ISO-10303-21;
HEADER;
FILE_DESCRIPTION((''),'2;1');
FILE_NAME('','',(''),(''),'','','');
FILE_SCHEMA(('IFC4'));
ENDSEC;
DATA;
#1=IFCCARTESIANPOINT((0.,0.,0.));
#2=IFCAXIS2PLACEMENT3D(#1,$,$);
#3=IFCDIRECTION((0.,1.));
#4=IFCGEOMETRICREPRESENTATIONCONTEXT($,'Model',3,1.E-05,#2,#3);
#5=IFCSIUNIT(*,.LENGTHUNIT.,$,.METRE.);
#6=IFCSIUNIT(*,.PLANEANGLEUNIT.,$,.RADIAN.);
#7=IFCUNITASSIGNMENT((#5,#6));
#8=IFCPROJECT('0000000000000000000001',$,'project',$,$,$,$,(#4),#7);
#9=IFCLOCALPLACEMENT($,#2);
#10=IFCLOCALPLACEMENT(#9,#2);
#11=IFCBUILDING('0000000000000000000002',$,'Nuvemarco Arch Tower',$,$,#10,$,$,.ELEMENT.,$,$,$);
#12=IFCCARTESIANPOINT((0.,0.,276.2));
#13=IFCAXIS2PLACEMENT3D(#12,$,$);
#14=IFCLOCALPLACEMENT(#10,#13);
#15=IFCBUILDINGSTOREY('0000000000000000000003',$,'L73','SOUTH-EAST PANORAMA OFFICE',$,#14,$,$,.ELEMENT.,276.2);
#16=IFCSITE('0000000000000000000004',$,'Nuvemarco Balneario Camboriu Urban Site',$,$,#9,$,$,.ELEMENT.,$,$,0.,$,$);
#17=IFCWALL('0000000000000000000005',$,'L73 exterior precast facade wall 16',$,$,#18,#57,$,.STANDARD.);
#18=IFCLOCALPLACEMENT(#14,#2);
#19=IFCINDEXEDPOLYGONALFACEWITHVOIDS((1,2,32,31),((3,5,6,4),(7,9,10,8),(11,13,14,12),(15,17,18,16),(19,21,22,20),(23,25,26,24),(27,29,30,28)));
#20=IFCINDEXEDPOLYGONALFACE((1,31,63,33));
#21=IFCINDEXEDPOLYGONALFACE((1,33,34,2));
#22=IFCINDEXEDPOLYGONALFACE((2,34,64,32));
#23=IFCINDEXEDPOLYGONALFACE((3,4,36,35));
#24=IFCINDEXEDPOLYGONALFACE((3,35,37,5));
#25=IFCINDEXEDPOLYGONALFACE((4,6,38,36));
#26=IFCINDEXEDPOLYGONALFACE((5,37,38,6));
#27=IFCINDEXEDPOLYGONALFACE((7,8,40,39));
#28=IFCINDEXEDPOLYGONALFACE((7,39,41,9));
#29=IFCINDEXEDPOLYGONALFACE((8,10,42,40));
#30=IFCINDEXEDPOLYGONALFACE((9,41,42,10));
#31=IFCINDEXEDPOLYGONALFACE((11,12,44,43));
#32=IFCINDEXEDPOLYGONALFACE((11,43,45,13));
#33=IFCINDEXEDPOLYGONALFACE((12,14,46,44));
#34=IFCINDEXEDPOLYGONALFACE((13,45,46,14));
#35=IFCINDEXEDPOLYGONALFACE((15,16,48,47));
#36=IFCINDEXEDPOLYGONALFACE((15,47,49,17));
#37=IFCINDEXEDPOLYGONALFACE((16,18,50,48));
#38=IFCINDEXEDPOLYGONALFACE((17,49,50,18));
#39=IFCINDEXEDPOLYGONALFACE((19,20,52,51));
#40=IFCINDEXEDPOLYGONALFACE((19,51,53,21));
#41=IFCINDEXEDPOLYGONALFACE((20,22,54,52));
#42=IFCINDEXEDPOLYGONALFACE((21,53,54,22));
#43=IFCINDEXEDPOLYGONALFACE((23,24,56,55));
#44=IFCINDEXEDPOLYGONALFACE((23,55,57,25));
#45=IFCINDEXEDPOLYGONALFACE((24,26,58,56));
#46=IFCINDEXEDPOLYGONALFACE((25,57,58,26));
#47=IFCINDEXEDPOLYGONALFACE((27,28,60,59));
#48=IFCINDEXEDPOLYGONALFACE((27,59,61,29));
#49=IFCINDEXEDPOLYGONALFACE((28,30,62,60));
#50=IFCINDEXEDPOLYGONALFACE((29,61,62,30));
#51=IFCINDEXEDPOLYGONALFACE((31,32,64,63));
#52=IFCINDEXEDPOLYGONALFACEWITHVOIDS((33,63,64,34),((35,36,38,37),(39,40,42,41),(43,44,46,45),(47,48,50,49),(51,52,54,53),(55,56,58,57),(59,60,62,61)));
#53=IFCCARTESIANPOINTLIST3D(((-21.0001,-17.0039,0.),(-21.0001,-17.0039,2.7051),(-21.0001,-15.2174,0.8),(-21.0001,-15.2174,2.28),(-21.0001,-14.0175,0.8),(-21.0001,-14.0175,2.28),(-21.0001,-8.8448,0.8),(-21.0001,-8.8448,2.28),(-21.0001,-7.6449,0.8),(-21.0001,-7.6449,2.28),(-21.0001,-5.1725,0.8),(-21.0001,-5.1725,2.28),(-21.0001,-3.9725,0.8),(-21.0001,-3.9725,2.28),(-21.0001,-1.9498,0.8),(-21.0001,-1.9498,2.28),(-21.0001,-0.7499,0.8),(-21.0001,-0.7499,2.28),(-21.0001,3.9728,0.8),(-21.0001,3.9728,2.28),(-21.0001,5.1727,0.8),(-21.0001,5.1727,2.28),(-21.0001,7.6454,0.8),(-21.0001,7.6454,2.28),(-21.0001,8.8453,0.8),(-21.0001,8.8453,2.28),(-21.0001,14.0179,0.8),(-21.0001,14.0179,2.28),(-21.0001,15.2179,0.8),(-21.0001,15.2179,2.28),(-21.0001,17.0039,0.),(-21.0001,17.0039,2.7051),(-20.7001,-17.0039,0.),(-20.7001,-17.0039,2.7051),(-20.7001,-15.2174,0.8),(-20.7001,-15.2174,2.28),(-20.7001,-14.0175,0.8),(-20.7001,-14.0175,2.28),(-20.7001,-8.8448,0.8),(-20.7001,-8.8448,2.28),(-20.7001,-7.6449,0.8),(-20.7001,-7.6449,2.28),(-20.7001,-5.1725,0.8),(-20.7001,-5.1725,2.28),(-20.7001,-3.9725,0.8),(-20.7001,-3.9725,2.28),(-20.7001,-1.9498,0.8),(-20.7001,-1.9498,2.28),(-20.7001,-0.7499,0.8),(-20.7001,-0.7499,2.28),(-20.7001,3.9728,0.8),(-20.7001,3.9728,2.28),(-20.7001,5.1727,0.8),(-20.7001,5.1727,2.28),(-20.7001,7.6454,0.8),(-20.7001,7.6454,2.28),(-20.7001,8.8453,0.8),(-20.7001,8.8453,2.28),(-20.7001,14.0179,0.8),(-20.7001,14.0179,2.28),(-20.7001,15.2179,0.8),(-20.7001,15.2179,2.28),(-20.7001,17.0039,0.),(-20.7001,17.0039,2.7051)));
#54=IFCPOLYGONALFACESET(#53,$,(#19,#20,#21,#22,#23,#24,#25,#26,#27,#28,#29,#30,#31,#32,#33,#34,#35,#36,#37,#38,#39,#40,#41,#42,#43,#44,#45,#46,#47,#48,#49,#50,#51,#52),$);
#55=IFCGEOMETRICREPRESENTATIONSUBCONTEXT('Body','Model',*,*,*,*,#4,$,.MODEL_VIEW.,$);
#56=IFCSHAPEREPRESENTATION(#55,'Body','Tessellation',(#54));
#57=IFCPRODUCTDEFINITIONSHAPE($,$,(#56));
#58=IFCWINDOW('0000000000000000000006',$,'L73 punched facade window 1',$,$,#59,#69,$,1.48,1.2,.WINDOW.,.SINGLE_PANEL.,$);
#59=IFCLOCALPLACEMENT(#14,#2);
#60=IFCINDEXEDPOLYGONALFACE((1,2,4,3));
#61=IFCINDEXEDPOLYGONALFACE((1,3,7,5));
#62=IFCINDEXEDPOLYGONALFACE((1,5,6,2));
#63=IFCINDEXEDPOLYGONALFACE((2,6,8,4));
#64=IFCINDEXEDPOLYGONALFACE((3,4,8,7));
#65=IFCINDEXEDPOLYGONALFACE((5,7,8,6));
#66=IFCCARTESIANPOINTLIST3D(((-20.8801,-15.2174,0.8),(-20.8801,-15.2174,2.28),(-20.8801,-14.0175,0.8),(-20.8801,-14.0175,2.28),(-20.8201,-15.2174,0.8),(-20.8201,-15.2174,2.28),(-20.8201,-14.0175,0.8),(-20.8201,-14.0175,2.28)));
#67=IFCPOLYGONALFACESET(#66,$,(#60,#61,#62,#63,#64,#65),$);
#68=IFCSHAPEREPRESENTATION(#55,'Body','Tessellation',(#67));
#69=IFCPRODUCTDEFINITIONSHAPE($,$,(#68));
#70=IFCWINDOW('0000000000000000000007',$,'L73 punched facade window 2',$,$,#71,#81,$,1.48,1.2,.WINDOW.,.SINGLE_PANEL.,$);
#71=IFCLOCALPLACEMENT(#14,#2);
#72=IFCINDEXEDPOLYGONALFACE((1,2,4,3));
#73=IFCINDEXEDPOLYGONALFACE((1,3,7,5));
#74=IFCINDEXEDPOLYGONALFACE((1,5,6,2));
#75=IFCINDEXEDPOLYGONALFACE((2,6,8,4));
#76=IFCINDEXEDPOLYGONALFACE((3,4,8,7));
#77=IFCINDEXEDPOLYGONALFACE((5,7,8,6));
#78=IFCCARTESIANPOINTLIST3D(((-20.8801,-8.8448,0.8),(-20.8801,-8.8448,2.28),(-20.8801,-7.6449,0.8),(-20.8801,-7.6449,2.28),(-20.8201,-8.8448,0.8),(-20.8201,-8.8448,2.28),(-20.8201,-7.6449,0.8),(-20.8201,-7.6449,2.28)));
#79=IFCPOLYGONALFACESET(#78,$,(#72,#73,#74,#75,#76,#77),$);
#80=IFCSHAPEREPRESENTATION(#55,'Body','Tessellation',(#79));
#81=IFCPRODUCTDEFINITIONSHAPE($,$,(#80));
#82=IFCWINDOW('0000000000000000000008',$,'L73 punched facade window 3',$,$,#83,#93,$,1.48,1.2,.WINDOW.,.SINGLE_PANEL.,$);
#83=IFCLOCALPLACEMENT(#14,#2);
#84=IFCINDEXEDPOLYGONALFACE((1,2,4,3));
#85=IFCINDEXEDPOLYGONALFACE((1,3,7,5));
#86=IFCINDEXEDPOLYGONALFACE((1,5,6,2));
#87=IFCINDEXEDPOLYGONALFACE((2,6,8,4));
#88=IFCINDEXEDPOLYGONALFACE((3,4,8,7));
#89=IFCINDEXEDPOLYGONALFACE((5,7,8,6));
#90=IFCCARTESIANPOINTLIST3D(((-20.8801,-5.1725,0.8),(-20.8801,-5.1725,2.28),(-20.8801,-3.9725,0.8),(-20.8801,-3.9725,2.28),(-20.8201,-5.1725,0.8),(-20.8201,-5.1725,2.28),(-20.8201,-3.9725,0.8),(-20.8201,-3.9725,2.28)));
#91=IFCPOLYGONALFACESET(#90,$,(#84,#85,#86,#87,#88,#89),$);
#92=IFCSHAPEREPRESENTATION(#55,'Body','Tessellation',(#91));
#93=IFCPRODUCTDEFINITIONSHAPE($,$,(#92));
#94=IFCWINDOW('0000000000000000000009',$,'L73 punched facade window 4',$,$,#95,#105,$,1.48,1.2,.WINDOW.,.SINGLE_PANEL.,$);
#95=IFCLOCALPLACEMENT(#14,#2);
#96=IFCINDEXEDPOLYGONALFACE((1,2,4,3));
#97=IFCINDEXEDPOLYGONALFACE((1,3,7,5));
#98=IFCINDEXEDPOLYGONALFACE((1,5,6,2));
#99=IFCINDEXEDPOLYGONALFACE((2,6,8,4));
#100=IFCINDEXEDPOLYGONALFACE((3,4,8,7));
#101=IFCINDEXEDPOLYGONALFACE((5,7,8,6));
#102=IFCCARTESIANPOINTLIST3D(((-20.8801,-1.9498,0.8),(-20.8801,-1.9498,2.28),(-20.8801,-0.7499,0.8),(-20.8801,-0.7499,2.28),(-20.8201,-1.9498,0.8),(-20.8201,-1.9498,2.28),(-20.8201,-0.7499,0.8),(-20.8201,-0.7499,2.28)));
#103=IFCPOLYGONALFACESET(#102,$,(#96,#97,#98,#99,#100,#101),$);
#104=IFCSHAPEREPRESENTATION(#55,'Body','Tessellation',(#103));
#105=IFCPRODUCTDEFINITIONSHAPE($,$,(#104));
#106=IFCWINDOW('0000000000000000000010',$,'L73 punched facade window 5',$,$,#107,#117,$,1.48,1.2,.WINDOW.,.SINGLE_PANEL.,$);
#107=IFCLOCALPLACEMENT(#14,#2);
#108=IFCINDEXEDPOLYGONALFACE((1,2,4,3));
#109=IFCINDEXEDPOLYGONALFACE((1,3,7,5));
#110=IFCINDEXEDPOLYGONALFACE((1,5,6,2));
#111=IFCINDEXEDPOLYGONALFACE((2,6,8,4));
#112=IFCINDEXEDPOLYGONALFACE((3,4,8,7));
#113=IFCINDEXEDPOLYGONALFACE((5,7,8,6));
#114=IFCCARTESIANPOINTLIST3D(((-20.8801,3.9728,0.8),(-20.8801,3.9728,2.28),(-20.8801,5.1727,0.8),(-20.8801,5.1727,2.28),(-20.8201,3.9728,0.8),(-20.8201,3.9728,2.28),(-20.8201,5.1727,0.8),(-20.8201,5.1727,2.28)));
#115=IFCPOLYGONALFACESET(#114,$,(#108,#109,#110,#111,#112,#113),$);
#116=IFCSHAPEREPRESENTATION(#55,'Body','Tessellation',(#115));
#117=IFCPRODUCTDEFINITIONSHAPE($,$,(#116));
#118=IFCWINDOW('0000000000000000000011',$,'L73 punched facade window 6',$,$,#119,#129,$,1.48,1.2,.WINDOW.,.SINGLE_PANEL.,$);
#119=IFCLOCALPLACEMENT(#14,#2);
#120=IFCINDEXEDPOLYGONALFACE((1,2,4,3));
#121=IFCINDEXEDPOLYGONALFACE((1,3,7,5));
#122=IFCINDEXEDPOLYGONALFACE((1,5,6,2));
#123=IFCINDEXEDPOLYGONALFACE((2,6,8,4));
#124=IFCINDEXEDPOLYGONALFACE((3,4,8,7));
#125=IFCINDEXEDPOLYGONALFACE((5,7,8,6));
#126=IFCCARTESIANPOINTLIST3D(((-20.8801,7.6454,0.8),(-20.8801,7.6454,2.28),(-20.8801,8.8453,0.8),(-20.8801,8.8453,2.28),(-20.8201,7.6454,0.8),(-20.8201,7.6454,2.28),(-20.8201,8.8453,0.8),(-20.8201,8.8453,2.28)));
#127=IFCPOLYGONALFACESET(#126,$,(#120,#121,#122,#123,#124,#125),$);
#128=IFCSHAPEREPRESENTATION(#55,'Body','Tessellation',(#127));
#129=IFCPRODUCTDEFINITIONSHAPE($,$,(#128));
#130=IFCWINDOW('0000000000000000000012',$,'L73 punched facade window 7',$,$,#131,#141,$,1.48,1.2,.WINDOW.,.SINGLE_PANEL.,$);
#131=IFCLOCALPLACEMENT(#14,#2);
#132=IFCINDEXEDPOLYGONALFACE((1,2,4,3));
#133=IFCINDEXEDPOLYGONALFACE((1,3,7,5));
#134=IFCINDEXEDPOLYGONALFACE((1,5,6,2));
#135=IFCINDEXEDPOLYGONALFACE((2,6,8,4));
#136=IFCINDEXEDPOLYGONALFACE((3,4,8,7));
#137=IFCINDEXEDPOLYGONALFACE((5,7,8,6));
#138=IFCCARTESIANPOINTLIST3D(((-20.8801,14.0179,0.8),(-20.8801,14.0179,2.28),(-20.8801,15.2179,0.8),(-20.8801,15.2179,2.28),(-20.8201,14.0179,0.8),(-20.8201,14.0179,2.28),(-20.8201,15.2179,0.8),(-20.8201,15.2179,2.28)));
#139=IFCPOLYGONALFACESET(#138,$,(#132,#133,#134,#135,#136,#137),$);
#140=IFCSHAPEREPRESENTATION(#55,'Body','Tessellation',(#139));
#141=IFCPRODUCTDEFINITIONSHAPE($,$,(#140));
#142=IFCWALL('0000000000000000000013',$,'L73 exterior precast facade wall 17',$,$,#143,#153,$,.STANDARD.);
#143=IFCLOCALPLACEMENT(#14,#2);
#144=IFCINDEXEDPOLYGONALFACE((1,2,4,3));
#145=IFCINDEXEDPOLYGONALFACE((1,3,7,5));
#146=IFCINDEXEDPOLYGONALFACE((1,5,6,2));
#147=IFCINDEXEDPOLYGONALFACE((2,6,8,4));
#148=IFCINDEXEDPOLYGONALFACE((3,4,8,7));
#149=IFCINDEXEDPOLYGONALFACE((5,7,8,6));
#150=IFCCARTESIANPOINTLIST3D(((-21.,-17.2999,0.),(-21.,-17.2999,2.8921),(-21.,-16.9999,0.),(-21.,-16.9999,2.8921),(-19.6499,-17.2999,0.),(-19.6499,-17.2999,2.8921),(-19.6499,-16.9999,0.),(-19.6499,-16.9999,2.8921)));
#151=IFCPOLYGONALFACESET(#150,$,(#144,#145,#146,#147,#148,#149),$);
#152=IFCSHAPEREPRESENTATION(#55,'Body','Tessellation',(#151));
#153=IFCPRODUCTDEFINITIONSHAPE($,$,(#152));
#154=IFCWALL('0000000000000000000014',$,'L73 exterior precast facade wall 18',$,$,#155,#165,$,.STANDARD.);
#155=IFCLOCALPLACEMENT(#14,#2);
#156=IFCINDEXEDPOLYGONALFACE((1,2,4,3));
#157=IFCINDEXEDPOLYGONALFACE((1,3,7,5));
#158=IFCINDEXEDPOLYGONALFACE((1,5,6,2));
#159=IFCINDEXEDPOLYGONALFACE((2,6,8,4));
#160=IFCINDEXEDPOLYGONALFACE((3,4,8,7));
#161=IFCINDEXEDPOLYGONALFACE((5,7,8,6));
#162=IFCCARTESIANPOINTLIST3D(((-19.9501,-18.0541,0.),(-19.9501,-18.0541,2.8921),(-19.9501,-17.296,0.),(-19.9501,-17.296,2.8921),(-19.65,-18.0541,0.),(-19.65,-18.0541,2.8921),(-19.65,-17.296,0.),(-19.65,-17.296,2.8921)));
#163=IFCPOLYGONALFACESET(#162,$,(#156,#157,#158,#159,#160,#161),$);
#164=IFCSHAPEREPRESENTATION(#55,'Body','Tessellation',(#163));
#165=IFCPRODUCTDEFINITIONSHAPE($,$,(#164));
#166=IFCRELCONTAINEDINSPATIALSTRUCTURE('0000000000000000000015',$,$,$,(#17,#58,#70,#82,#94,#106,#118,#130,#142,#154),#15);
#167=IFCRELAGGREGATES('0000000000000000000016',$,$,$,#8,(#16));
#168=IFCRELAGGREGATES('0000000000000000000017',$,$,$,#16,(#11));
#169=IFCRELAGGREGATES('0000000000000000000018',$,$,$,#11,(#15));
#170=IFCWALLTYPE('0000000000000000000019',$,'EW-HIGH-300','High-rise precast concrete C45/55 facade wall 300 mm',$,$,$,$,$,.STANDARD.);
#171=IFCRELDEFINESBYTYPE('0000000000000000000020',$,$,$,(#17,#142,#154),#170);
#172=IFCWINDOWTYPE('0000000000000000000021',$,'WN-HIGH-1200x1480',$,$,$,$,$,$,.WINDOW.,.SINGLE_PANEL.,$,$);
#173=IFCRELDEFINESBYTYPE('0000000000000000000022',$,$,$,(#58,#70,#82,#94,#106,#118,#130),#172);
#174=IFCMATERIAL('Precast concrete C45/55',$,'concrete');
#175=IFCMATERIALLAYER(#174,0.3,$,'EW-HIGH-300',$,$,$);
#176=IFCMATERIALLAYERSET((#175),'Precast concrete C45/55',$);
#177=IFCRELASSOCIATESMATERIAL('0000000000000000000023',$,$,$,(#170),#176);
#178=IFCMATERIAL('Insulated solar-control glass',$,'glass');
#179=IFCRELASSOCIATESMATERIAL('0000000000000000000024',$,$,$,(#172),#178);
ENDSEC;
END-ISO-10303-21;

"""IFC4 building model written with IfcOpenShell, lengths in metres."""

from ifc_helpers import new_model, si_unit, direction, frame, frame_2d, origin, place, context, subcontext, project, spatial, rectangle, extrude, source, transform, mapped, material, layer, layer_set, type_object, type_shapes, element, fill, save


model = new_model("IFC4")

# Units and contexts
model_context = context("Model", 3, precision=1e-05, world=origin(), true_north=direction((0.0, 1.0)))
body_context = subcontext(model_context, "Body", "Model", "MODEL_VIEW")
ifc_project = project(units=[si_unit("LENGTHUNIT", "METRE"), si_unit("PLANEANGLEUNIT", "RADIAN")], contexts=[model_context])

# Site, building, storey
site_placement = place(None, origin())
site = spatial("IfcSite", under=ifc_project, at=site_placement, Name="Nuvemarco Balneario Camboriu Urban Site", CompositionType="ELEMENT", RefElevation=0.0)
building_placement = place(site_placement, origin())
building = spatial("IfcBuilding", under=site, at=building_placement, Name="Nuvemarco Arch Tower", CompositionType="ELEMENT")
storey_placement = place(building_placement, frame((0.0, 0.0, 276.2)))
storey = spatial("IfcBuildingStorey", under=building, at=storey_placement, Name="L73", Description="SOUTH-EAST PANORAMA OFFICE", CompositionType="ELEMENT", Elevation=276.2)

# Shared definitions
ifc_material_1 = material(Name="Precast concrete C45/55", Category="concrete")

# Shared definitions
ifc_layer = layer(ifc_material_1, 0.3, Name="EW-HIGH-300")
ifc_layer_set = layer_set([ifc_layer], Name="Precast concrete C45/55")
wall_type = type_object("IfcWallType", Name="EW-HIGH-300", Description="High-rise precast concrete C45/55 facade wall 300 mm", PredefinedType="STANDARD", material=ifc_layer_set)
ifc_material_2 = material(Name="Insulated solar-control glass", Category="glass")

# Wall, openings, windows
wall_1_placement = place(storey_placement, frame((-20.8501, -17.0039, 0.0), z_axis=(0.0, 0.0, 1.0), x_axis=(0.0, 1.0, 0.0)))
wall_1 = element("IfcWall", 1, at=wall_1_placement, inside=storey, type_object=wall_type, Name="L73 exterior precast facade wall 16", PredefinedType="STANDARD", context=body_context, shape_type="SweptSolid", body=[
    extrude(rectangle(XDim=34.0078, YDim=0.3, at=frame_2d((17.0039, 0.0))), origin(), (0.0, 0.0, 1.0), 2.7051),
])
opening_1_placement = place(wall_1_placement, frame((1.7864, 0.0, 0.8)))
opening_1 = element("IfcOpeningElement", 2, at=opening_1_placement, cuts=wall_1, PredefinedType="OPENING", context=body_context, shape_type="SweptSolid", body=[
    extrude(rectangle(XDim=1.2, YDim=1.48, at=frame_2d((0.6001, 0.74))), frame((0.0, 0.1599, 0.0), z_axis=(0.0, -1.0, 0.0), x_axis=(1.0, 0.0, 0.0)), (0.0, 0.0, 1.0), 0.3201),
])
opening_2_placement = place(wall_1_placement, frame((8.1589, 0.0, 0.8)))
opening_2 = element("IfcOpeningElement", 3, at=opening_2_placement, cuts=wall_1, PredefinedType="OPENING", context=body_context, shape_type="SweptSolid", body=[
    extrude(rectangle(XDim=1.2, YDim=1.48, at=frame_2d((0.6001, 0.74))), frame((0.0, 0.1599, 0.0), z_axis=(0.0, -1.0, 0.0), x_axis=(1.0, 0.0, 0.0)), (0.0, 0.0, 1.0), 0.3201),
])
opening_3_placement = place(wall_1_placement, frame((11.8313, 0.0, 0.8)))
opening_3 = element("IfcOpeningElement", 4, at=opening_3_placement, cuts=wall_1, PredefinedType="OPENING", context=body_context, shape_type="SweptSolid", body=[
    extrude(rectangle(XDim=1.2, YDim=1.48, at=frame_2d((0.6001, 0.74))), frame((0.0, 0.1599, 0.0), z_axis=(0.0, -1.0, 0.0), x_axis=(1.0, 0.0, 0.0)), (0.0, 0.0, 1.0), 0.3201),
])
opening_4_placement = place(wall_1_placement, frame((15.054, 0.0, 0.8)))
opening_4 = element("IfcOpeningElement", 5, at=opening_4_placement, cuts=wall_1, PredefinedType="OPENING", context=body_context, shape_type="SweptSolid", body=[
    extrude(rectangle(XDim=1.2, YDim=1.48, at=frame_2d((0.6001, 0.74))), frame((0.0, 0.1599, 0.0), z_axis=(0.0, -1.0, 0.0), x_axis=(1.0, 0.0, 0.0)), (0.0, 0.0, 1.0), 0.3201),
])
opening_5_placement = place(wall_1_placement, frame((20.9766, 0.0, 0.8)))
opening_5 = element("IfcOpeningElement", 6, at=opening_5_placement, cuts=wall_1, PredefinedType="OPENING", context=body_context, shape_type="SweptSolid", body=[
    extrude(rectangle(XDim=1.2, YDim=1.48, at=frame_2d((0.6001, 0.74))), frame((0.0, 0.1599, 0.0), z_axis=(0.0, -1.0, 0.0), x_axis=(1.0, 0.0, 0.0)), (0.0, 0.0, 1.0), 0.3201),
])
opening_6_placement = place(wall_1_placement, frame((24.6492, 0.0, 0.8)))
opening_6 = element("IfcOpeningElement", 7, at=opening_6_placement, cuts=wall_1, PredefinedType="OPENING", context=body_context, shape_type="SweptSolid", body=[
    extrude(rectangle(XDim=1.2, YDim=1.48, at=frame_2d((0.6001, 0.74))), frame((0.0, 0.1599, 0.0), z_axis=(0.0, -1.0, 0.0), x_axis=(1.0, 0.0, 0.0)), (0.0, 0.0, 1.0), 0.3201),
])
opening_7_placement = place(wall_1_placement, frame((31.0217, 0.0, 0.8)))
opening_7 = element("IfcOpeningElement", 8, at=opening_7_placement, cuts=wall_1, PredefinedType="OPENING", context=body_context, shape_type="SweptSolid", body=[
    extrude(rectangle(XDim=1.2, YDim=1.48, at=frame_2d((0.6001, 0.74))), frame((0.0, 0.1599, 0.0), z_axis=(0.0, -1.0, 0.0), x_axis=(1.0, 0.0, 0.0)), (0.0, 0.0, 1.0), 0.3201),
])
window_type_1 = type_object("IfcWindowType", Name="WN-HIGH-1200x1480", PartitioningType="SINGLE_PANEL", PredefinedType="WINDOW", material=ifc_material_2)
shared_shape_1 = source(origin(), body_context, "Body", "SweptSolid", [
    extrude(rectangle(XDim=1.2, YDim=1.48, at=frame_2d((0.6001, 0.74))), frame((0.0, 0.03, 0.0), z_axis=(0.0, -1.0, 0.0), x_axis=(1.0, 0.0, 0.0)), (0.0, 0.0, 1.0), 0.0601),
])
type_shapes(window_type_1, [shared_shape_1])
window_1_placement = place(opening_1_placement, origin())
window_1 = element("IfcWindow", 9, at=window_1_placement, inside=storey, type_object=window_type_1, Name="L73 punched facade window 1", OverallHeight=1.48, OverallWidth=1.2, PartitioningType="SINGLE_PANEL", PredefinedType="WINDOW", context=body_context, shape_type="MappedRepresentation", body=[
    mapped(shared_shape_1, transform((0.0, 0.0, 0.0), scale=1.0)),
])
fill(opening_1, window_1)
window_2_placement = place(opening_2_placement, origin())
window_2 = element("IfcWindow", 10, at=window_2_placement, inside=storey, type_object=window_type_1, Name="L73 punched facade window 2", OverallHeight=1.48, OverallWidth=1.2, PartitioningType="SINGLE_PANEL", PredefinedType="WINDOW", context=body_context, shape_type="MappedRepresentation", body=[
    mapped(shared_shape_1, transform((0.0, 0.0, 0.0), scale=1.0)),
])
fill(opening_2, window_2)
window_3_placement = place(opening_3_placement, origin())
window_3 = element("IfcWindow", 11, at=window_3_placement, inside=storey, type_object=window_type_1, Name="L73 punched facade window 3", OverallHeight=1.48, OverallWidth=1.2, PartitioningType="SINGLE_PANEL", PredefinedType="WINDOW", context=body_context, shape_type="MappedRepresentation", body=[
    mapped(shared_shape_1, transform((0.0, 0.0, 0.0), scale=1.0)),
])
fill(opening_3, window_3)
window_4_placement = place(opening_4_placement, origin())
window_4 = element("IfcWindow", 12, at=window_4_placement, inside=storey, type_object=window_type_1, Name="L73 punched facade window 4", OverallHeight=1.48, OverallWidth=1.2, PartitioningType="SINGLE_PANEL", PredefinedType="WINDOW", context=body_context, shape_type="MappedRepresentation", body=[
    mapped(shared_shape_1, transform((0.0, 0.0, 0.0), scale=1.0)),
])
fill(opening_4, window_4)
window_5_placement = place(opening_5_placement, origin())
window_5 = element("IfcWindow", 13, at=window_5_placement, inside=storey, type_object=window_type_1, Name="L73 punched facade window 5", OverallHeight=1.48, OverallWidth=1.2, PartitioningType="SINGLE_PANEL", PredefinedType="WINDOW", context=body_context, shape_type="MappedRepresentation", body=[
    mapped(shared_shape_1, transform((0.0, 0.0, 0.0), scale=1.0)),
])
fill(opening_5, window_5)
window_6_placement = place(opening_6_placement, origin())
window_6 = element("IfcWindow", 14, at=window_6_placement, inside=storey, type_object=window_type_1, Name="L73 punched facade window 6", OverallHeight=1.48, OverallWidth=1.2, PartitioningType="SINGLE_PANEL", PredefinedType="WINDOW", context=body_context, shape_type="MappedRepresentation", body=[
    mapped(shared_shape_1, transform((0.0, 0.0, 0.0), scale=1.0)),
])
fill(opening_6, window_6)
window_7_placement = place(opening_7_placement, origin())
window_7 = element("IfcWindow", 15, at=window_7_placement, inside=storey, type_object=window_type_1, Name="L73 punched facade window 7", OverallHeight=1.48, OverallWidth=1.2, PartitioningType="SINGLE_PANEL", PredefinedType="WINDOW", context=body_context, shape_type="MappedRepresentation", body=[
    mapped(shared_shape_1, transform((0.0, 0.0, 0.0), scale=1.0)),
])
fill(opening_7, window_7)

# Walls
wall_2_placement = place(storey_placement, frame((-21.0, -17.1499, 0.0), z_axis=(0.0, 0.0, 1.0), x_axis=(1.0, 0.0, 0.0)))
element("IfcWall", 16, at=wall_2_placement, inside=storey, type_object=wall_type, Name="L73 exterior precast facade wall 17", PredefinedType="STANDARD", context=body_context, shape_type="SweptSolid", body=[
    extrude(rectangle(XDim=1.3501, YDim=0.3, at=frame_2d((0.675, 0.0))), origin(), (0.0, 0.0, 1.0), 2.8921),
])
wall_3_placement = place(storey_placement, frame((-19.8, -18.054, 0.0), z_axis=(0.0, 0.0, 1.0), x_axis=(0.0, 1.0, 0.0)))
element("IfcWall", 17, at=wall_3_placement, inside=storey, type_object=wall_type, Name="L73 exterior precast facade wall 18", PredefinedType="STANDARD", context=body_context, shape_type="SweptSolid", body=[
    extrude(rectangle(XDim=0.7581, YDim=0.3, at=frame_2d((0.3789, 0.0))), origin(), (0.0, 0.0, 1.0), 2.8921),
])

save(model, "model.ifc")
